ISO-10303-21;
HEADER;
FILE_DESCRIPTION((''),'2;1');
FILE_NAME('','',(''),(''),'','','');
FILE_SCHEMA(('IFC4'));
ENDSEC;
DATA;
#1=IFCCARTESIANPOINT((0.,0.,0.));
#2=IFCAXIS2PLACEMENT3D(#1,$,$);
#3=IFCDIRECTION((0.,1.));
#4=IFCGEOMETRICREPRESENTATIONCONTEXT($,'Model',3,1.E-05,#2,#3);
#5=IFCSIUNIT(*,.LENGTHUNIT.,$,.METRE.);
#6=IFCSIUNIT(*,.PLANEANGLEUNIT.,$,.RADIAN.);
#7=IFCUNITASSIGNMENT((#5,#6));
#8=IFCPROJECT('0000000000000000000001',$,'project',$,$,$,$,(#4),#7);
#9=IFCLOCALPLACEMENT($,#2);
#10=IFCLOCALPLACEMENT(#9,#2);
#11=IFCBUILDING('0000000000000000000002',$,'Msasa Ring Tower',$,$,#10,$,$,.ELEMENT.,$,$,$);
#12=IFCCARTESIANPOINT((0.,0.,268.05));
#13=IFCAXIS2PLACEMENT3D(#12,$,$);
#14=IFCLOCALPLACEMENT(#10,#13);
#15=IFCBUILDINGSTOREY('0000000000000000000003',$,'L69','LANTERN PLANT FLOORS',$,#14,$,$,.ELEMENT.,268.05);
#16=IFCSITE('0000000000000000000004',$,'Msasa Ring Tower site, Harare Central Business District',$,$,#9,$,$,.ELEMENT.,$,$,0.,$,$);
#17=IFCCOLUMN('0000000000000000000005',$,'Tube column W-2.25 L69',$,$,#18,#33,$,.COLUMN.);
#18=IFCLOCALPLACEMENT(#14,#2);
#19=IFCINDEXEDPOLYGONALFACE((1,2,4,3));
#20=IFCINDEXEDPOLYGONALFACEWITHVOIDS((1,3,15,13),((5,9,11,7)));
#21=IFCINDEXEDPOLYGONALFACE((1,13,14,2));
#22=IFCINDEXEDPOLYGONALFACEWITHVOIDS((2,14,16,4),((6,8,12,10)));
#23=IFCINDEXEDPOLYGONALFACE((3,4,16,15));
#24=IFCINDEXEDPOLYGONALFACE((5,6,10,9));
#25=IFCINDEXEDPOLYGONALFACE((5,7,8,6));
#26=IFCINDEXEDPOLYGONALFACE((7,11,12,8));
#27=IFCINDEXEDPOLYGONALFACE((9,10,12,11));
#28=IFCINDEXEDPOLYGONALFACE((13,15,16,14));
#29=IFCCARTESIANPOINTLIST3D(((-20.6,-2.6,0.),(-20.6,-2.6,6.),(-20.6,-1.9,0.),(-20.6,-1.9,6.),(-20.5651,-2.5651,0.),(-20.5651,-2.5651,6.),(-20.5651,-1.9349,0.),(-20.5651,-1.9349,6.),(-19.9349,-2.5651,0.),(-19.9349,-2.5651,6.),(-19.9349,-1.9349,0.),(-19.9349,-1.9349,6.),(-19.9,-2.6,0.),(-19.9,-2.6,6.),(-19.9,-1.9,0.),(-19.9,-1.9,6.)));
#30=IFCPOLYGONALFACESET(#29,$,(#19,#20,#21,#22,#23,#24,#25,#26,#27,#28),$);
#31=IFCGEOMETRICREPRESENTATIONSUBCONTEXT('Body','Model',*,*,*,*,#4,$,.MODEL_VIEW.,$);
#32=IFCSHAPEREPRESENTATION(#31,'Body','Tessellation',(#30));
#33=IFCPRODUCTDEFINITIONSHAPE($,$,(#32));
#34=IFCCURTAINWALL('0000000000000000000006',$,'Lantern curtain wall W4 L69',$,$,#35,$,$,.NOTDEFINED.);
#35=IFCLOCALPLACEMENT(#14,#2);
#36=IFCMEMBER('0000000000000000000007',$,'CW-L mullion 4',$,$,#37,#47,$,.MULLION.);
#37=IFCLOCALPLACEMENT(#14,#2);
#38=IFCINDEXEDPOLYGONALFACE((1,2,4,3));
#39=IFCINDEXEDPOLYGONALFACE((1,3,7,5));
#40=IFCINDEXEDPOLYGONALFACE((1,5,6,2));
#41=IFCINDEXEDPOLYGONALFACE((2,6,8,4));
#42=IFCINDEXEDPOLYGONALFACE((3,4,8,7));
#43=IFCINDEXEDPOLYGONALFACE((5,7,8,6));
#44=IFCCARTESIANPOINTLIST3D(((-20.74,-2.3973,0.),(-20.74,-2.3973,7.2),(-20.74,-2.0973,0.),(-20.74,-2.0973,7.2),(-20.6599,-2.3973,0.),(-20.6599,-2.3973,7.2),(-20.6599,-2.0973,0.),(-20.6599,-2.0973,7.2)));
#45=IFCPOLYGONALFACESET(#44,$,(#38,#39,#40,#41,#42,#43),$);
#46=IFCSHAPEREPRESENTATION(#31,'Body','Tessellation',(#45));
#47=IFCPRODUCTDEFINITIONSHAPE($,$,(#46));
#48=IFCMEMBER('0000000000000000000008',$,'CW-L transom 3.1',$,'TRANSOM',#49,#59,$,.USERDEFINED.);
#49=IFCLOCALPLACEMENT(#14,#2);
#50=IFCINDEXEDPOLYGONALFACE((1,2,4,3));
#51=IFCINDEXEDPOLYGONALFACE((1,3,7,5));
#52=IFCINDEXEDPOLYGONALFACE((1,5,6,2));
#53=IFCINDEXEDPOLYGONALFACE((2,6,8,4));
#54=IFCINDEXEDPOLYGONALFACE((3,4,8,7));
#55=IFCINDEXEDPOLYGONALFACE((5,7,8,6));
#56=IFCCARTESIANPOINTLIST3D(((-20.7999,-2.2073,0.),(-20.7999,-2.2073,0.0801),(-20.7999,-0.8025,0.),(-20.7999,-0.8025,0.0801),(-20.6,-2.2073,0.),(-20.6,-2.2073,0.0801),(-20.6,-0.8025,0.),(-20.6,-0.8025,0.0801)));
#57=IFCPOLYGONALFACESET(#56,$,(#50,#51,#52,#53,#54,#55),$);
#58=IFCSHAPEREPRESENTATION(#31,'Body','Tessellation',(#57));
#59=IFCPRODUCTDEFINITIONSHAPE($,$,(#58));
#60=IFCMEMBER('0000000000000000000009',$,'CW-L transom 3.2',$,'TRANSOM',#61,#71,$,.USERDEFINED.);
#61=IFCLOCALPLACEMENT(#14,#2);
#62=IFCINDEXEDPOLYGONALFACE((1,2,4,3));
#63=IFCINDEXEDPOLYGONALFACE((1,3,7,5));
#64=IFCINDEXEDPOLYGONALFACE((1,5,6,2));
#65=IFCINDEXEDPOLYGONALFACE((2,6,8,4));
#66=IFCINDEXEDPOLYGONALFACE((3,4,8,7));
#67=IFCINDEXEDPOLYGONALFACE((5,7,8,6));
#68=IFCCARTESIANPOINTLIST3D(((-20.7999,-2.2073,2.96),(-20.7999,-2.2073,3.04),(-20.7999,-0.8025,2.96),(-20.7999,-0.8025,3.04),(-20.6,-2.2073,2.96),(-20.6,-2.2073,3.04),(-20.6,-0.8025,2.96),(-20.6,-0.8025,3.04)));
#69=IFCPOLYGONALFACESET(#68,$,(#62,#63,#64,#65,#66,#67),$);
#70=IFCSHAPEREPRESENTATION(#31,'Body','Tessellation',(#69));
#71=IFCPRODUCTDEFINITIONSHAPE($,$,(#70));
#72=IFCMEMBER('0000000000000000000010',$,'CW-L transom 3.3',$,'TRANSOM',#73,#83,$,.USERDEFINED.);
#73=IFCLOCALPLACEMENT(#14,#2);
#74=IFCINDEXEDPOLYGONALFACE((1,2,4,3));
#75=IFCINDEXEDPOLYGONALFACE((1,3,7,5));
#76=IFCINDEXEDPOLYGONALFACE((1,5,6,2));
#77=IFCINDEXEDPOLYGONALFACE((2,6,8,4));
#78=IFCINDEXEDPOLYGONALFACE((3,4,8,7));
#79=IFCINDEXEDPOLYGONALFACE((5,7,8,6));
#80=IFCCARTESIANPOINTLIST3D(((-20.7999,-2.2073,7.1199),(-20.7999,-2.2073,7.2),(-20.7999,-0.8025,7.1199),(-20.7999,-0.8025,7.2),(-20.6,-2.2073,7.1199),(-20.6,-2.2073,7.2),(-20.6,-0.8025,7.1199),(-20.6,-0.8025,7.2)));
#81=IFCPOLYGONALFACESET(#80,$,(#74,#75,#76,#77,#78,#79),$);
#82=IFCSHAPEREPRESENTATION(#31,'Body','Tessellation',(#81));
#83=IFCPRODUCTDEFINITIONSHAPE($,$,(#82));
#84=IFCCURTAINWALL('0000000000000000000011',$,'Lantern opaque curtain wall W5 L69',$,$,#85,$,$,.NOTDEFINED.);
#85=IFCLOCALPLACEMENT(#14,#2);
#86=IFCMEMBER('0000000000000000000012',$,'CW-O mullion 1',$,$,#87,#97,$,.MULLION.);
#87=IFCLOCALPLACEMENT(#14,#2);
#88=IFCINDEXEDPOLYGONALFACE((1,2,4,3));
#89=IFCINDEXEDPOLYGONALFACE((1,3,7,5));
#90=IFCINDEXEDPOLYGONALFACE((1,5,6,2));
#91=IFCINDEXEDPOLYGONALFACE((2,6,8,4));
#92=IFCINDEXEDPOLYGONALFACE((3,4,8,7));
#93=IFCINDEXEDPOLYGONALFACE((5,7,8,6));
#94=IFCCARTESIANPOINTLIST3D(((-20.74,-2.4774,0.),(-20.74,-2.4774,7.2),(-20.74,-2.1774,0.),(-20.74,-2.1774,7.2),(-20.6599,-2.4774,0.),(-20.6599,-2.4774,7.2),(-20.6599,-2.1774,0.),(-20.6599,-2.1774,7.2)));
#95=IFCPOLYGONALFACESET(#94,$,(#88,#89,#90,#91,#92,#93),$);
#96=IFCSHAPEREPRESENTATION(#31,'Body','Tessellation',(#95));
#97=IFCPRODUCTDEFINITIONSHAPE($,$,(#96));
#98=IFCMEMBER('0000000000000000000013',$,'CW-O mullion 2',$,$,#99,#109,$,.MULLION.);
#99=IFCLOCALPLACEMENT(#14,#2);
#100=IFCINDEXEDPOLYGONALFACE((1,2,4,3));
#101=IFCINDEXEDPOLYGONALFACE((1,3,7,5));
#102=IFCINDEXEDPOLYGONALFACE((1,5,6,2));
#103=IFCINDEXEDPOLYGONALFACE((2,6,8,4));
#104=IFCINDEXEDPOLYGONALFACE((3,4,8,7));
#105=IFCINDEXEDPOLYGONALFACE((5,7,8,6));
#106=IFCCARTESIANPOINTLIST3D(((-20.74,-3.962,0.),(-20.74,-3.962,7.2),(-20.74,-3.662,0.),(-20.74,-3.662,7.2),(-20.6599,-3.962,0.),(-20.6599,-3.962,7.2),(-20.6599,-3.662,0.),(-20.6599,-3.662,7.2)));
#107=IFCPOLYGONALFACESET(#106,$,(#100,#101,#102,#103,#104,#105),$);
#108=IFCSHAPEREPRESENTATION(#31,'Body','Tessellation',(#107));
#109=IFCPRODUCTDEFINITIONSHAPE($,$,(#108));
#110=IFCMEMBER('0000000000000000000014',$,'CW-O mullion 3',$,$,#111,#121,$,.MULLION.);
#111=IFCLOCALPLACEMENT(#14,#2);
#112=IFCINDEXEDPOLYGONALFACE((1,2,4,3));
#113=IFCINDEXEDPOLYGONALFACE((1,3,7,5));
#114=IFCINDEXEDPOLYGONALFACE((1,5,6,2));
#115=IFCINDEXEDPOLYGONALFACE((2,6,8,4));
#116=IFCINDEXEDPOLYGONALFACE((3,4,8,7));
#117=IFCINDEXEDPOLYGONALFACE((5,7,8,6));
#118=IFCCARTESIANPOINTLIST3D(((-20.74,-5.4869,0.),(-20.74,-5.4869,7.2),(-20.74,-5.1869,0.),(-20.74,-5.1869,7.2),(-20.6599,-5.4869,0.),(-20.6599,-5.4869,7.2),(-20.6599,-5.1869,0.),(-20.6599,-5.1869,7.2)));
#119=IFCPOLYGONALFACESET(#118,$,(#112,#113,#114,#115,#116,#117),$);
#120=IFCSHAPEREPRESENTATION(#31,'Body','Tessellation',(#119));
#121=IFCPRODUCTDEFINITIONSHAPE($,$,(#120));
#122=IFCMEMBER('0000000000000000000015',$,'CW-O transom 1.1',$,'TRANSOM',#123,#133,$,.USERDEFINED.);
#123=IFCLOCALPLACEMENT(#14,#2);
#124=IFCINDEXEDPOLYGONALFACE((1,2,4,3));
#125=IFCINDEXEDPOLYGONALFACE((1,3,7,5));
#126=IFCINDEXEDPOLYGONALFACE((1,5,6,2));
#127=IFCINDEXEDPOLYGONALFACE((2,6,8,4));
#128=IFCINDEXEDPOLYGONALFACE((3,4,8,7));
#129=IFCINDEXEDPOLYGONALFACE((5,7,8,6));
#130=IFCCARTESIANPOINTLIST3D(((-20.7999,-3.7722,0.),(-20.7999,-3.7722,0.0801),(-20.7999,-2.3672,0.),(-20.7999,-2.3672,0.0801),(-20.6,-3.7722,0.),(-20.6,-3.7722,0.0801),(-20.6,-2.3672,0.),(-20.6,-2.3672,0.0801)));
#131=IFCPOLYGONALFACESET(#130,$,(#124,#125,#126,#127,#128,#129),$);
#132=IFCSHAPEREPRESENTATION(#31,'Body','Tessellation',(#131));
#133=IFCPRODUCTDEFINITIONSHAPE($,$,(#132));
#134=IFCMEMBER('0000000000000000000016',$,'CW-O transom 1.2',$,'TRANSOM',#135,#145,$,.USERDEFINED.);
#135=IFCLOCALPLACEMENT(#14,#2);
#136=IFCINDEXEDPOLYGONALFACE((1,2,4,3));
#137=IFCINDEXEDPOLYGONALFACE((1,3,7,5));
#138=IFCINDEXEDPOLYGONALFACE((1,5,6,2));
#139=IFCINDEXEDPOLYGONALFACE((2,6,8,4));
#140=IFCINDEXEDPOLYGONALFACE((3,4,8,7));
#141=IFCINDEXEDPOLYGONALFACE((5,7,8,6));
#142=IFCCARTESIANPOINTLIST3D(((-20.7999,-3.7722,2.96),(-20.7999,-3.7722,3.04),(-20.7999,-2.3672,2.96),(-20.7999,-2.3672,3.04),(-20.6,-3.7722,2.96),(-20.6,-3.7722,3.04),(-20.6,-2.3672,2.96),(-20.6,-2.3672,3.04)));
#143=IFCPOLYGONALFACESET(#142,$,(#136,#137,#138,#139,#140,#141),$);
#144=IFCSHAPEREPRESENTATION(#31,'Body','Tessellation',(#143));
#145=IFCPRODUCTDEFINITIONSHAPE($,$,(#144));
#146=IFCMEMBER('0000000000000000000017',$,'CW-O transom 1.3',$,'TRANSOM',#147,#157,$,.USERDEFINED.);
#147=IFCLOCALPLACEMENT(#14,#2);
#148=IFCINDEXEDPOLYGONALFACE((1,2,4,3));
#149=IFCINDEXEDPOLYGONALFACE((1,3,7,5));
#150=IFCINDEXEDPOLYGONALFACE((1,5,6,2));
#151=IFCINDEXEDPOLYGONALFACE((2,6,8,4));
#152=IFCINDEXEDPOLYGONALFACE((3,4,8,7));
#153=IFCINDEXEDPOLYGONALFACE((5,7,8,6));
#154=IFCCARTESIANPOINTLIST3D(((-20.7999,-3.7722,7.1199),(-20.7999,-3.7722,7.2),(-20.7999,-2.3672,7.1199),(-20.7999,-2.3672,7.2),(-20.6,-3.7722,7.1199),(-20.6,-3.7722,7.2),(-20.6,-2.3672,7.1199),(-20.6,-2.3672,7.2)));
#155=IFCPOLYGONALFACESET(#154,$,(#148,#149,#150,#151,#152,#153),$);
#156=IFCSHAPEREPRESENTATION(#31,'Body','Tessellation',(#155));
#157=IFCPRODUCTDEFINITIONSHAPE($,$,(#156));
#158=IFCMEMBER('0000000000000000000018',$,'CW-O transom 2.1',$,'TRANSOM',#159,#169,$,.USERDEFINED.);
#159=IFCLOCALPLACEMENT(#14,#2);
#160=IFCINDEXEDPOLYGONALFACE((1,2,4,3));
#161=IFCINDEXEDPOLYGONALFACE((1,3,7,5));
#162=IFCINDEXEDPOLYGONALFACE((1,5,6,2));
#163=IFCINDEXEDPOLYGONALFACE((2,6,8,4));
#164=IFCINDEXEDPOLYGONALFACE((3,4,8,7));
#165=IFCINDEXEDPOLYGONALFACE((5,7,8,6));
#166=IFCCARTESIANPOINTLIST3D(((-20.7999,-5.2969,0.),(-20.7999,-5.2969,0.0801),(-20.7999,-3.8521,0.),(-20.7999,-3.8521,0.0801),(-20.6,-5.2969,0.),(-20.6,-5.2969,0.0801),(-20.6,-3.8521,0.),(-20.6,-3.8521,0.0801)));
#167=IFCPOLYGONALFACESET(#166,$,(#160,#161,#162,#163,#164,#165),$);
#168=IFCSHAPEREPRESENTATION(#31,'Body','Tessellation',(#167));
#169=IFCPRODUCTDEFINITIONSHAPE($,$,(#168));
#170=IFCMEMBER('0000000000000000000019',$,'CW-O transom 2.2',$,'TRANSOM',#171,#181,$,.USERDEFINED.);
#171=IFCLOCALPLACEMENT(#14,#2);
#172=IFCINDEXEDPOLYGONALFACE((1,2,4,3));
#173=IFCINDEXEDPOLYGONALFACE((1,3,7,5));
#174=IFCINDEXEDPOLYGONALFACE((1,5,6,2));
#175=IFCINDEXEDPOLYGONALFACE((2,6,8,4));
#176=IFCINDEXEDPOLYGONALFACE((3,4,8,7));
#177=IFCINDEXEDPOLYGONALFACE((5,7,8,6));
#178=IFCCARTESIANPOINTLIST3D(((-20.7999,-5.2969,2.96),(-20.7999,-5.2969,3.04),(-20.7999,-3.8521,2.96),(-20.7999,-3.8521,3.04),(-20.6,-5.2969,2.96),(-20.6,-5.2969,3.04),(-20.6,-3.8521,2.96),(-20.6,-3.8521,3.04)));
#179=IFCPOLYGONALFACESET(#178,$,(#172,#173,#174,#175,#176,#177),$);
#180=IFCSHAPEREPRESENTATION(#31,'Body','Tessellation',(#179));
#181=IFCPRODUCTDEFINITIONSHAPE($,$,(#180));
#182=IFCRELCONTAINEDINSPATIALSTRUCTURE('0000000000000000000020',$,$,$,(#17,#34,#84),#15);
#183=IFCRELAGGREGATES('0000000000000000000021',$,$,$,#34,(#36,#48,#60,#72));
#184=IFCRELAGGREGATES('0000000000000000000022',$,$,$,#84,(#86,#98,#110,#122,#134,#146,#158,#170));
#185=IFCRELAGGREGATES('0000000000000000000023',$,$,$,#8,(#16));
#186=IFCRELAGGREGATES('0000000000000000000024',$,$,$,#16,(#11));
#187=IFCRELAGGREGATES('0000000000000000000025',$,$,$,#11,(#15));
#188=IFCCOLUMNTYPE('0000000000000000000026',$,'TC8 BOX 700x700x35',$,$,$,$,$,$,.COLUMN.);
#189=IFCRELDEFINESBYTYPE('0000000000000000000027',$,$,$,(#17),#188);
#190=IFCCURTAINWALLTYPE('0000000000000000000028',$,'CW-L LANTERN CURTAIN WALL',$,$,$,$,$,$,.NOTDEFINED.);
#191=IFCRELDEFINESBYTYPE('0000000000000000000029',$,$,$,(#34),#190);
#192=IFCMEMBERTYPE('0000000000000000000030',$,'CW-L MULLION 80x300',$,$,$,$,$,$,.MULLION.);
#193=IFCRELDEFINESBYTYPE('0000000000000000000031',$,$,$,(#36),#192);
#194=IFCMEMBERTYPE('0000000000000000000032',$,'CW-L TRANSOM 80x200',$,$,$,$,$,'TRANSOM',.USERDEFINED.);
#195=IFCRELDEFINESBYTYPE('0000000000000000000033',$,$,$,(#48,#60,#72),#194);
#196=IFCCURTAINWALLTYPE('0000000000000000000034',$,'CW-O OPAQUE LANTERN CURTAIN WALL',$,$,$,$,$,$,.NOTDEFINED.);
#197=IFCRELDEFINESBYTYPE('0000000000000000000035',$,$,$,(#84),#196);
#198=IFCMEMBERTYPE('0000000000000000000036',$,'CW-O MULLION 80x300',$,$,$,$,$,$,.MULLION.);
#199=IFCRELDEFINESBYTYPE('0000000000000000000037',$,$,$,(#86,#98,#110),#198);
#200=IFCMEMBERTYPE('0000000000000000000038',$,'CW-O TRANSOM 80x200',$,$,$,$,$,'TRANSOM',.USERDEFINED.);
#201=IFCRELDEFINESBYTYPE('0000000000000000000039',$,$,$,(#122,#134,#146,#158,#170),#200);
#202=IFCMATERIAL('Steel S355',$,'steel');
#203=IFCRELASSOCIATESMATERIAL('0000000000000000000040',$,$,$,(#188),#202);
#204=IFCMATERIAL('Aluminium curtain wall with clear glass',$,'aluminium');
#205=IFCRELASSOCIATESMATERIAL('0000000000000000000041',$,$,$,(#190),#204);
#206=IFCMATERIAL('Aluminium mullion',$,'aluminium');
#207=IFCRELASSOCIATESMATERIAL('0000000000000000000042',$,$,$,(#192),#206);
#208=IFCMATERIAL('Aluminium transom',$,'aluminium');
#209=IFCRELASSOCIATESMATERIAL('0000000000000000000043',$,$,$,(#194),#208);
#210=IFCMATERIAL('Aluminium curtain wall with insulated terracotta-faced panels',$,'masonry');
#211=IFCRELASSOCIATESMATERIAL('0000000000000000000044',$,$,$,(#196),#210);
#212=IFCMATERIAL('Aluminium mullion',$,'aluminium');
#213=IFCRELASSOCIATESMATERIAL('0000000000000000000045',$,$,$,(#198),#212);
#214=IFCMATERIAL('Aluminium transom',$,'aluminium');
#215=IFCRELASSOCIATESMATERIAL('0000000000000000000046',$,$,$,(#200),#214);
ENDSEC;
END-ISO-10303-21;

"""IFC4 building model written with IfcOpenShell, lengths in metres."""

from ifc_helpers import new_model, si_unit, direction, frame, origin, origin_2d, place, context, subcontext, project, spatial, rectangle, hollow_rectangle, extrude, material, material_profile, profile_set, type_object, element, aggregate, save


model = new_model("IFC4")

# Units and contexts
model_context = context("Model", 3, precision=1e-05, world=origin(), true_north=direction((0.0, 1.0)))
body_context = subcontext(model_context, "Body", "Model", "MODEL_VIEW")
ifc_project = project(units=[si_unit("LENGTHUNIT", "METRE"), si_unit("PLANEANGLEUNIT", "RADIAN")], contexts=[model_context])

# Site, building, storey
site_placement = place(None, origin())
site = spatial("IfcSite", under=ifc_project, at=site_placement, Name="Msasa Ring Tower site, Harare Central Business District", CompositionType="ELEMENT", RefElevation=0.0)
building_placement = place(site_placement, origin())
building = spatial("IfcBuilding", under=site, at=building_placement, Name="Msasa Ring Tower", CompositionType="ELEMENT")
storey_placement = place(building_placement, frame((0.0, 0.0, 268.05)))
storey = spatial("IfcBuildingStorey", under=building, at=storey_placement, Name="L69", Description="LANTERN PLANT FLOORS", CompositionType="ELEMENT", Elevation=268.05)

# Column
ifc_material_1 = material(Name="Steel S355", Category="steel")
ifc_material_profile_1 = material_profile(ifc_material_1, hollow_rectangle(XDim=0.7, YDim=0.7, WallThickness=0.0349, at=origin_2d()), Name="BOX 700x700x35")
ifc_profile_set_1 = profile_set([ifc_material_profile_1], Name="Steel S355")
column_type = type_object("IfcColumnType", Name="TC8 BOX 700x700x35", PredefinedType="COLUMN", material=ifc_profile_set_1)
column_placement = place(storey_placement, frame((-20.25, -2.25, 0.0), z_axis=(0.0, 0.0, 1.0), x_axis=(1.0, 0.0, 0.0)))
element("IfcColumn", 1, at=column_placement, inside=storey, type_object=column_type, Name="Tube column W-2.25 L69", PredefinedType="COLUMN", context=body_context, shape_type="SweptSolid", body=[
    extrude(hollow_rectangle(XDim=0.7, YDim=0.7, WallThickness=0.0349, at=origin_2d()), origin(), (0.0, 0.0, 1.0), 6.0),
])

# Curtain walls, members
ifc_material_2 = material(Name="Aluminium curtain wall with clear glass", Category="aluminium")
curtain_wall_type_1 = type_object("IfcCurtainWallType", Name="CW-L LANTERN CURTAIN WALL", PredefinedType="NOTDEFINED", material=ifc_material_2)
curtain_wall_1_placement = place(storey_placement, origin())
curtain_wall_1 = element("IfcCurtainWall", 2, at=curtain_wall_1_placement, inside=storey, type_object=curtain_wall_type_1, Name="Lantern curtain wall W4 L69", PredefinedType="NOTDEFINED")
ifc_material_3 = material(Name="Aluminium mullion", Category="aluminium")
ifc_material_profile_2 = material_profile(ifc_material_3, rectangle(XDim=0.0801, YDim=0.3, at=origin_2d()), Name="AL 80x300")
ifc_profile_set_2 = profile_set([ifc_material_profile_2], Name="Aluminium mullion")
member_type_1 = type_object("IfcMemberType", Name="CW-L MULLION 80x300", PredefinedType="MULLION", material=ifc_profile_set_2)
member_1_placement = place(storey_placement, frame((-20.7, -2.2473, 0.0), z_axis=(0.0, 0.0, 1.0), x_axis=(1.0, 0.0, 0.0)))
member_1 = element("IfcMember", 3, at=member_1_placement, type_object=member_type_1, Name="CW-L mullion 4", PredefinedType="MULLION", context=body_context, shape_type="SweptSolid", body=[
    extrude(rectangle(XDim=0.0801, YDim=0.3, at=origin_2d()), origin(), (0.0, 0.0, 1.0), 7.2),
])
ifc_material_4 = material(Name="Aluminium transom", Category="aluminium")
ifc_material_profile_3 = material_profile(ifc_material_4, rectangle(XDim=0.2, YDim=0.0801, at=origin_2d()), Name="AL 80x200")
ifc_profile_set_3 = profile_set([ifc_material_profile_3], Name="Aluminium transom")
member_type_2 = type_object("IfcMemberType", Name="CW-L TRANSOM 80x200", ElementType="TRANSOM", PredefinedType="USERDEFINED", material=ifc_profile_set_3)
member_2_placement = place(storey_placement, frame((-20.7, -0.8025, 0.04), z_axis=(0.0, -1.0, 0.0), x_axis=(1.0, 0.0, 0.0)))
member_2 = element("IfcMember", 4, at=member_2_placement, type_object=member_type_2, Name="CW-L transom 3.1", ObjectType="TRANSOM", PredefinedType="USERDEFINED", context=body_context, shape_type="SweptSolid", body=[
    extrude(rectangle(XDim=0.2, YDim=0.0801, at=origin_2d()), origin(), (0.0, 0.0, 1.0), 1.4048),
])
member_3_placement = place(storey_placement, frame((-20.7, -0.8025, 3.0), z_axis=(0.0, -1.0, 0.0), x_axis=(1.0, 0.0, 0.0)))
member_3 = element("IfcMember", 5, at=member_3_placement, type_object=member_type_2, Name="CW-L transom 3.2", ObjectType="TRANSOM", PredefinedType="USERDEFINED", context=body_context, shape_type="SweptSolid", body=[
    extrude(rectangle(XDim=0.2, YDim=0.0801, at=origin_2d()), origin(), (0.0, 0.0, 1.0), 1.4048),
])
member_4_placement = place(storey_placement, frame((-20.7, -0.8025, 7.1599), z_axis=(0.0, -1.0, 0.0), x_axis=(1.0, 0.0, 0.0)))
member_4 = element("IfcMember", 6, at=member_4_placement, type_object=member_type_2, Name="CW-L transom 3.3", ObjectType="TRANSOM", PredefinedType="USERDEFINED", context=body_context, shape_type="SweptSolid", body=[
    extrude(rectangle(XDim=0.2, YDim=0.0801, at=origin_2d()), origin(), (0.0, 0.0, 1.0), 1.4048),
])
ifc_material_5 = material(Name="Aluminium curtain wall with insulated terracotta-faced panels", Category="masonry")
curtain_wall_type_2 = type_object("IfcCurtainWallType", Name="CW-O OPAQUE LANTERN CURTAIN WALL", PredefinedType="NOTDEFINED", material=ifc_material_5)
curtain_wall_2_placement = place(storey_placement, origin())
curtain_wall_2 = element("IfcCurtainWall", 7, at=curtain_wall_2_placement, inside=storey, type_object=curtain_wall_type_2, Name="Lantern opaque curtain wall W5 L69", PredefinedType="NOTDEFINED")
ifc_material_6 = material(Name="Aluminium mullion", Category="aluminium")
ifc_material_profile_4 = material_profile(ifc_material_6, rectangle(XDim=0.0801, YDim=0.3, at=origin_2d()), Name="AL 80x300")
ifc_profile_set_4 = profile_set([ifc_material_profile_4], Name="Aluminium mullion")
member_type_3 = type_object("IfcMemberType", Name="CW-O MULLION 80x300", PredefinedType="MULLION", material=ifc_profile_set_4)
member_5_placement = place(storey_placement, frame((-20.7, -2.3274, 0.0), z_axis=(0.0, 0.0, 1.0), x_axis=(1.0, 0.0, 0.0)))
member_5 = element("IfcMember", 8, at=member_5_placement, type_object=member_type_3, Name="CW-O mullion 1", PredefinedType="MULLION", context=body_context, shape_type="SweptSolid", body=[
    extrude(rectangle(XDim=0.0801, YDim=0.3, at=origin_2d()), origin(), (0.0, 0.0, 1.0), 7.2),
])
member_6_placement = place(storey_placement, frame((-20.7, -3.812, 0.0), z_axis=(0.0, 0.0, 1.0), x_axis=(1.0, 0.0, 0.0)))
member_6 = element("IfcMember", 9, at=member_6_placement, type_object=member_type_3, Name="CW-O mullion 2", PredefinedType="MULLION", context=body_context, shape_type="SweptSolid", body=[
    extrude(rectangle(XDim=0.0801, YDim=0.3, at=origin_2d()), origin(), (0.0, 0.0, 1.0), 7.2),
])
member_7_placement = place(storey_placement, frame((-20.7, -5.3369, 0.0), z_axis=(0.0, 0.0, 1.0), x_axis=(1.0, 0.0, 0.0)))
member_7 = element("IfcMember", 10, at=member_7_placement, type_object=member_type_3, Name="CW-O mullion 3", PredefinedType="MULLION", context=body_context, shape_type="SweptSolid", body=[
    extrude(rectangle(XDim=0.0801, YDim=0.3, at=origin_2d()), origin(), (0.0, 0.0, 1.0), 7.2),
])
ifc_material_7 = material(Name="Aluminium transom", Category="aluminium")
ifc_material_profile_5 = material_profile(ifc_material_7, rectangle(XDim=0.2, YDim=0.0801, at=origin_2d()), Name="AL 80x200")
ifc_profile_set_5 = profile_set([ifc_material_profile_5], Name="Aluminium transom")
member_type_4 = type_object("IfcMemberType", Name="CW-O TRANSOM 80x200", ElementType="TRANSOM", PredefinedType="USERDEFINED", material=ifc_profile_set_5)
member_8_placement = place(storey_placement, frame((-20.7, -2.3672, 0.04), z_axis=(0.0, -1.0, 0.0), x_axis=(1.0, 0.0, 0.0)))
member_8 = element("IfcMember", 11, at=member_8_placement, type_object=member_type_4, Name="CW-O transom 1.1", ObjectType="TRANSOM", PredefinedType="USERDEFINED", context=body_context, shape_type="SweptSolid", body=[
    extrude(rectangle(XDim=0.2, YDim=0.0801, at=origin_2d()), origin(), (0.0, 0.0, 1.0), 1.405),
])
member_9_placement = place(storey_placement, frame((-20.7, -2.3672, 3.0), z_axis=(0.0, -1.0, 0.0), x_axis=(1.0, 0.0, 0.0)))
member_9 = element("IfcMember", 12, at=member_9_placement, type_object=member_type_4, Name="CW-O transom 1.2", ObjectType="TRANSOM", PredefinedType="USERDEFINED", context=body_context, shape_type="SweptSolid", body=[
    extrude(rectangle(XDim=0.2, YDim=0.0801, at=origin_2d()), origin(), (0.0, 0.0, 1.0), 1.405),
])
member_10_placement = place(storey_placement, frame((-20.7, -2.3672, 7.1599), z_axis=(0.0, -1.0, 0.0), x_axis=(1.0, 0.0, 0.0)))
member_10 = element("IfcMember", 13, at=member_10_placement, type_object=member_type_4, Name="CW-O transom 1.3", ObjectType="TRANSOM", PredefinedType="USERDEFINED", context=body_context, shape_type="SweptSolid", body=[
    extrude(rectangle(XDim=0.2, YDim=0.0801, at=origin_2d()), origin(), (0.0, 0.0, 1.0), 1.405),
])
member_11_placement = place(storey_placement, frame((-20.7, -3.8521, 0.04), z_axis=(0.0, -1.0, 0.0), x_axis=(1.0, 0.0, 0.0)))
member_11 = element("IfcMember", 14, at=member_11_placement, type_object=member_type_4, Name="CW-O transom 2.1", ObjectType="TRANSOM", PredefinedType="USERDEFINED", context=body_context, shape_type="SweptSolid", body=[
    extrude(rectangle(XDim=0.2, YDim=0.0801, at=origin_2d()), origin(), (0.0, 0.0, 1.0), 1.4448),
])
member_12_placement = place(storey_placement, frame((-20.7, -3.8521, 3.0), z_axis=(0.0, -1.0, 0.0), x_axis=(1.0, 0.0, 0.0)))
member_12 = element("IfcMember", 15, at=member_12_placement, type_object=member_type_4, Name="CW-O transom 2.2", ObjectType="TRANSOM", PredefinedType="USERDEFINED", context=body_context, shape_type="SweptSolid", body=[
    extrude(rectangle(XDim=0.2, YDim=0.0801, at=origin_2d()), origin(), (0.0, 0.0, 1.0), 1.4448),
])

aggregate(curtain_wall_1, [member_1, member_2, member_3, member_4])
aggregate(curtain_wall_2, [member_5, member_6, member_7, member_8, member_9, member_10, member_11, member_12])

save(model, "model.ifc")
